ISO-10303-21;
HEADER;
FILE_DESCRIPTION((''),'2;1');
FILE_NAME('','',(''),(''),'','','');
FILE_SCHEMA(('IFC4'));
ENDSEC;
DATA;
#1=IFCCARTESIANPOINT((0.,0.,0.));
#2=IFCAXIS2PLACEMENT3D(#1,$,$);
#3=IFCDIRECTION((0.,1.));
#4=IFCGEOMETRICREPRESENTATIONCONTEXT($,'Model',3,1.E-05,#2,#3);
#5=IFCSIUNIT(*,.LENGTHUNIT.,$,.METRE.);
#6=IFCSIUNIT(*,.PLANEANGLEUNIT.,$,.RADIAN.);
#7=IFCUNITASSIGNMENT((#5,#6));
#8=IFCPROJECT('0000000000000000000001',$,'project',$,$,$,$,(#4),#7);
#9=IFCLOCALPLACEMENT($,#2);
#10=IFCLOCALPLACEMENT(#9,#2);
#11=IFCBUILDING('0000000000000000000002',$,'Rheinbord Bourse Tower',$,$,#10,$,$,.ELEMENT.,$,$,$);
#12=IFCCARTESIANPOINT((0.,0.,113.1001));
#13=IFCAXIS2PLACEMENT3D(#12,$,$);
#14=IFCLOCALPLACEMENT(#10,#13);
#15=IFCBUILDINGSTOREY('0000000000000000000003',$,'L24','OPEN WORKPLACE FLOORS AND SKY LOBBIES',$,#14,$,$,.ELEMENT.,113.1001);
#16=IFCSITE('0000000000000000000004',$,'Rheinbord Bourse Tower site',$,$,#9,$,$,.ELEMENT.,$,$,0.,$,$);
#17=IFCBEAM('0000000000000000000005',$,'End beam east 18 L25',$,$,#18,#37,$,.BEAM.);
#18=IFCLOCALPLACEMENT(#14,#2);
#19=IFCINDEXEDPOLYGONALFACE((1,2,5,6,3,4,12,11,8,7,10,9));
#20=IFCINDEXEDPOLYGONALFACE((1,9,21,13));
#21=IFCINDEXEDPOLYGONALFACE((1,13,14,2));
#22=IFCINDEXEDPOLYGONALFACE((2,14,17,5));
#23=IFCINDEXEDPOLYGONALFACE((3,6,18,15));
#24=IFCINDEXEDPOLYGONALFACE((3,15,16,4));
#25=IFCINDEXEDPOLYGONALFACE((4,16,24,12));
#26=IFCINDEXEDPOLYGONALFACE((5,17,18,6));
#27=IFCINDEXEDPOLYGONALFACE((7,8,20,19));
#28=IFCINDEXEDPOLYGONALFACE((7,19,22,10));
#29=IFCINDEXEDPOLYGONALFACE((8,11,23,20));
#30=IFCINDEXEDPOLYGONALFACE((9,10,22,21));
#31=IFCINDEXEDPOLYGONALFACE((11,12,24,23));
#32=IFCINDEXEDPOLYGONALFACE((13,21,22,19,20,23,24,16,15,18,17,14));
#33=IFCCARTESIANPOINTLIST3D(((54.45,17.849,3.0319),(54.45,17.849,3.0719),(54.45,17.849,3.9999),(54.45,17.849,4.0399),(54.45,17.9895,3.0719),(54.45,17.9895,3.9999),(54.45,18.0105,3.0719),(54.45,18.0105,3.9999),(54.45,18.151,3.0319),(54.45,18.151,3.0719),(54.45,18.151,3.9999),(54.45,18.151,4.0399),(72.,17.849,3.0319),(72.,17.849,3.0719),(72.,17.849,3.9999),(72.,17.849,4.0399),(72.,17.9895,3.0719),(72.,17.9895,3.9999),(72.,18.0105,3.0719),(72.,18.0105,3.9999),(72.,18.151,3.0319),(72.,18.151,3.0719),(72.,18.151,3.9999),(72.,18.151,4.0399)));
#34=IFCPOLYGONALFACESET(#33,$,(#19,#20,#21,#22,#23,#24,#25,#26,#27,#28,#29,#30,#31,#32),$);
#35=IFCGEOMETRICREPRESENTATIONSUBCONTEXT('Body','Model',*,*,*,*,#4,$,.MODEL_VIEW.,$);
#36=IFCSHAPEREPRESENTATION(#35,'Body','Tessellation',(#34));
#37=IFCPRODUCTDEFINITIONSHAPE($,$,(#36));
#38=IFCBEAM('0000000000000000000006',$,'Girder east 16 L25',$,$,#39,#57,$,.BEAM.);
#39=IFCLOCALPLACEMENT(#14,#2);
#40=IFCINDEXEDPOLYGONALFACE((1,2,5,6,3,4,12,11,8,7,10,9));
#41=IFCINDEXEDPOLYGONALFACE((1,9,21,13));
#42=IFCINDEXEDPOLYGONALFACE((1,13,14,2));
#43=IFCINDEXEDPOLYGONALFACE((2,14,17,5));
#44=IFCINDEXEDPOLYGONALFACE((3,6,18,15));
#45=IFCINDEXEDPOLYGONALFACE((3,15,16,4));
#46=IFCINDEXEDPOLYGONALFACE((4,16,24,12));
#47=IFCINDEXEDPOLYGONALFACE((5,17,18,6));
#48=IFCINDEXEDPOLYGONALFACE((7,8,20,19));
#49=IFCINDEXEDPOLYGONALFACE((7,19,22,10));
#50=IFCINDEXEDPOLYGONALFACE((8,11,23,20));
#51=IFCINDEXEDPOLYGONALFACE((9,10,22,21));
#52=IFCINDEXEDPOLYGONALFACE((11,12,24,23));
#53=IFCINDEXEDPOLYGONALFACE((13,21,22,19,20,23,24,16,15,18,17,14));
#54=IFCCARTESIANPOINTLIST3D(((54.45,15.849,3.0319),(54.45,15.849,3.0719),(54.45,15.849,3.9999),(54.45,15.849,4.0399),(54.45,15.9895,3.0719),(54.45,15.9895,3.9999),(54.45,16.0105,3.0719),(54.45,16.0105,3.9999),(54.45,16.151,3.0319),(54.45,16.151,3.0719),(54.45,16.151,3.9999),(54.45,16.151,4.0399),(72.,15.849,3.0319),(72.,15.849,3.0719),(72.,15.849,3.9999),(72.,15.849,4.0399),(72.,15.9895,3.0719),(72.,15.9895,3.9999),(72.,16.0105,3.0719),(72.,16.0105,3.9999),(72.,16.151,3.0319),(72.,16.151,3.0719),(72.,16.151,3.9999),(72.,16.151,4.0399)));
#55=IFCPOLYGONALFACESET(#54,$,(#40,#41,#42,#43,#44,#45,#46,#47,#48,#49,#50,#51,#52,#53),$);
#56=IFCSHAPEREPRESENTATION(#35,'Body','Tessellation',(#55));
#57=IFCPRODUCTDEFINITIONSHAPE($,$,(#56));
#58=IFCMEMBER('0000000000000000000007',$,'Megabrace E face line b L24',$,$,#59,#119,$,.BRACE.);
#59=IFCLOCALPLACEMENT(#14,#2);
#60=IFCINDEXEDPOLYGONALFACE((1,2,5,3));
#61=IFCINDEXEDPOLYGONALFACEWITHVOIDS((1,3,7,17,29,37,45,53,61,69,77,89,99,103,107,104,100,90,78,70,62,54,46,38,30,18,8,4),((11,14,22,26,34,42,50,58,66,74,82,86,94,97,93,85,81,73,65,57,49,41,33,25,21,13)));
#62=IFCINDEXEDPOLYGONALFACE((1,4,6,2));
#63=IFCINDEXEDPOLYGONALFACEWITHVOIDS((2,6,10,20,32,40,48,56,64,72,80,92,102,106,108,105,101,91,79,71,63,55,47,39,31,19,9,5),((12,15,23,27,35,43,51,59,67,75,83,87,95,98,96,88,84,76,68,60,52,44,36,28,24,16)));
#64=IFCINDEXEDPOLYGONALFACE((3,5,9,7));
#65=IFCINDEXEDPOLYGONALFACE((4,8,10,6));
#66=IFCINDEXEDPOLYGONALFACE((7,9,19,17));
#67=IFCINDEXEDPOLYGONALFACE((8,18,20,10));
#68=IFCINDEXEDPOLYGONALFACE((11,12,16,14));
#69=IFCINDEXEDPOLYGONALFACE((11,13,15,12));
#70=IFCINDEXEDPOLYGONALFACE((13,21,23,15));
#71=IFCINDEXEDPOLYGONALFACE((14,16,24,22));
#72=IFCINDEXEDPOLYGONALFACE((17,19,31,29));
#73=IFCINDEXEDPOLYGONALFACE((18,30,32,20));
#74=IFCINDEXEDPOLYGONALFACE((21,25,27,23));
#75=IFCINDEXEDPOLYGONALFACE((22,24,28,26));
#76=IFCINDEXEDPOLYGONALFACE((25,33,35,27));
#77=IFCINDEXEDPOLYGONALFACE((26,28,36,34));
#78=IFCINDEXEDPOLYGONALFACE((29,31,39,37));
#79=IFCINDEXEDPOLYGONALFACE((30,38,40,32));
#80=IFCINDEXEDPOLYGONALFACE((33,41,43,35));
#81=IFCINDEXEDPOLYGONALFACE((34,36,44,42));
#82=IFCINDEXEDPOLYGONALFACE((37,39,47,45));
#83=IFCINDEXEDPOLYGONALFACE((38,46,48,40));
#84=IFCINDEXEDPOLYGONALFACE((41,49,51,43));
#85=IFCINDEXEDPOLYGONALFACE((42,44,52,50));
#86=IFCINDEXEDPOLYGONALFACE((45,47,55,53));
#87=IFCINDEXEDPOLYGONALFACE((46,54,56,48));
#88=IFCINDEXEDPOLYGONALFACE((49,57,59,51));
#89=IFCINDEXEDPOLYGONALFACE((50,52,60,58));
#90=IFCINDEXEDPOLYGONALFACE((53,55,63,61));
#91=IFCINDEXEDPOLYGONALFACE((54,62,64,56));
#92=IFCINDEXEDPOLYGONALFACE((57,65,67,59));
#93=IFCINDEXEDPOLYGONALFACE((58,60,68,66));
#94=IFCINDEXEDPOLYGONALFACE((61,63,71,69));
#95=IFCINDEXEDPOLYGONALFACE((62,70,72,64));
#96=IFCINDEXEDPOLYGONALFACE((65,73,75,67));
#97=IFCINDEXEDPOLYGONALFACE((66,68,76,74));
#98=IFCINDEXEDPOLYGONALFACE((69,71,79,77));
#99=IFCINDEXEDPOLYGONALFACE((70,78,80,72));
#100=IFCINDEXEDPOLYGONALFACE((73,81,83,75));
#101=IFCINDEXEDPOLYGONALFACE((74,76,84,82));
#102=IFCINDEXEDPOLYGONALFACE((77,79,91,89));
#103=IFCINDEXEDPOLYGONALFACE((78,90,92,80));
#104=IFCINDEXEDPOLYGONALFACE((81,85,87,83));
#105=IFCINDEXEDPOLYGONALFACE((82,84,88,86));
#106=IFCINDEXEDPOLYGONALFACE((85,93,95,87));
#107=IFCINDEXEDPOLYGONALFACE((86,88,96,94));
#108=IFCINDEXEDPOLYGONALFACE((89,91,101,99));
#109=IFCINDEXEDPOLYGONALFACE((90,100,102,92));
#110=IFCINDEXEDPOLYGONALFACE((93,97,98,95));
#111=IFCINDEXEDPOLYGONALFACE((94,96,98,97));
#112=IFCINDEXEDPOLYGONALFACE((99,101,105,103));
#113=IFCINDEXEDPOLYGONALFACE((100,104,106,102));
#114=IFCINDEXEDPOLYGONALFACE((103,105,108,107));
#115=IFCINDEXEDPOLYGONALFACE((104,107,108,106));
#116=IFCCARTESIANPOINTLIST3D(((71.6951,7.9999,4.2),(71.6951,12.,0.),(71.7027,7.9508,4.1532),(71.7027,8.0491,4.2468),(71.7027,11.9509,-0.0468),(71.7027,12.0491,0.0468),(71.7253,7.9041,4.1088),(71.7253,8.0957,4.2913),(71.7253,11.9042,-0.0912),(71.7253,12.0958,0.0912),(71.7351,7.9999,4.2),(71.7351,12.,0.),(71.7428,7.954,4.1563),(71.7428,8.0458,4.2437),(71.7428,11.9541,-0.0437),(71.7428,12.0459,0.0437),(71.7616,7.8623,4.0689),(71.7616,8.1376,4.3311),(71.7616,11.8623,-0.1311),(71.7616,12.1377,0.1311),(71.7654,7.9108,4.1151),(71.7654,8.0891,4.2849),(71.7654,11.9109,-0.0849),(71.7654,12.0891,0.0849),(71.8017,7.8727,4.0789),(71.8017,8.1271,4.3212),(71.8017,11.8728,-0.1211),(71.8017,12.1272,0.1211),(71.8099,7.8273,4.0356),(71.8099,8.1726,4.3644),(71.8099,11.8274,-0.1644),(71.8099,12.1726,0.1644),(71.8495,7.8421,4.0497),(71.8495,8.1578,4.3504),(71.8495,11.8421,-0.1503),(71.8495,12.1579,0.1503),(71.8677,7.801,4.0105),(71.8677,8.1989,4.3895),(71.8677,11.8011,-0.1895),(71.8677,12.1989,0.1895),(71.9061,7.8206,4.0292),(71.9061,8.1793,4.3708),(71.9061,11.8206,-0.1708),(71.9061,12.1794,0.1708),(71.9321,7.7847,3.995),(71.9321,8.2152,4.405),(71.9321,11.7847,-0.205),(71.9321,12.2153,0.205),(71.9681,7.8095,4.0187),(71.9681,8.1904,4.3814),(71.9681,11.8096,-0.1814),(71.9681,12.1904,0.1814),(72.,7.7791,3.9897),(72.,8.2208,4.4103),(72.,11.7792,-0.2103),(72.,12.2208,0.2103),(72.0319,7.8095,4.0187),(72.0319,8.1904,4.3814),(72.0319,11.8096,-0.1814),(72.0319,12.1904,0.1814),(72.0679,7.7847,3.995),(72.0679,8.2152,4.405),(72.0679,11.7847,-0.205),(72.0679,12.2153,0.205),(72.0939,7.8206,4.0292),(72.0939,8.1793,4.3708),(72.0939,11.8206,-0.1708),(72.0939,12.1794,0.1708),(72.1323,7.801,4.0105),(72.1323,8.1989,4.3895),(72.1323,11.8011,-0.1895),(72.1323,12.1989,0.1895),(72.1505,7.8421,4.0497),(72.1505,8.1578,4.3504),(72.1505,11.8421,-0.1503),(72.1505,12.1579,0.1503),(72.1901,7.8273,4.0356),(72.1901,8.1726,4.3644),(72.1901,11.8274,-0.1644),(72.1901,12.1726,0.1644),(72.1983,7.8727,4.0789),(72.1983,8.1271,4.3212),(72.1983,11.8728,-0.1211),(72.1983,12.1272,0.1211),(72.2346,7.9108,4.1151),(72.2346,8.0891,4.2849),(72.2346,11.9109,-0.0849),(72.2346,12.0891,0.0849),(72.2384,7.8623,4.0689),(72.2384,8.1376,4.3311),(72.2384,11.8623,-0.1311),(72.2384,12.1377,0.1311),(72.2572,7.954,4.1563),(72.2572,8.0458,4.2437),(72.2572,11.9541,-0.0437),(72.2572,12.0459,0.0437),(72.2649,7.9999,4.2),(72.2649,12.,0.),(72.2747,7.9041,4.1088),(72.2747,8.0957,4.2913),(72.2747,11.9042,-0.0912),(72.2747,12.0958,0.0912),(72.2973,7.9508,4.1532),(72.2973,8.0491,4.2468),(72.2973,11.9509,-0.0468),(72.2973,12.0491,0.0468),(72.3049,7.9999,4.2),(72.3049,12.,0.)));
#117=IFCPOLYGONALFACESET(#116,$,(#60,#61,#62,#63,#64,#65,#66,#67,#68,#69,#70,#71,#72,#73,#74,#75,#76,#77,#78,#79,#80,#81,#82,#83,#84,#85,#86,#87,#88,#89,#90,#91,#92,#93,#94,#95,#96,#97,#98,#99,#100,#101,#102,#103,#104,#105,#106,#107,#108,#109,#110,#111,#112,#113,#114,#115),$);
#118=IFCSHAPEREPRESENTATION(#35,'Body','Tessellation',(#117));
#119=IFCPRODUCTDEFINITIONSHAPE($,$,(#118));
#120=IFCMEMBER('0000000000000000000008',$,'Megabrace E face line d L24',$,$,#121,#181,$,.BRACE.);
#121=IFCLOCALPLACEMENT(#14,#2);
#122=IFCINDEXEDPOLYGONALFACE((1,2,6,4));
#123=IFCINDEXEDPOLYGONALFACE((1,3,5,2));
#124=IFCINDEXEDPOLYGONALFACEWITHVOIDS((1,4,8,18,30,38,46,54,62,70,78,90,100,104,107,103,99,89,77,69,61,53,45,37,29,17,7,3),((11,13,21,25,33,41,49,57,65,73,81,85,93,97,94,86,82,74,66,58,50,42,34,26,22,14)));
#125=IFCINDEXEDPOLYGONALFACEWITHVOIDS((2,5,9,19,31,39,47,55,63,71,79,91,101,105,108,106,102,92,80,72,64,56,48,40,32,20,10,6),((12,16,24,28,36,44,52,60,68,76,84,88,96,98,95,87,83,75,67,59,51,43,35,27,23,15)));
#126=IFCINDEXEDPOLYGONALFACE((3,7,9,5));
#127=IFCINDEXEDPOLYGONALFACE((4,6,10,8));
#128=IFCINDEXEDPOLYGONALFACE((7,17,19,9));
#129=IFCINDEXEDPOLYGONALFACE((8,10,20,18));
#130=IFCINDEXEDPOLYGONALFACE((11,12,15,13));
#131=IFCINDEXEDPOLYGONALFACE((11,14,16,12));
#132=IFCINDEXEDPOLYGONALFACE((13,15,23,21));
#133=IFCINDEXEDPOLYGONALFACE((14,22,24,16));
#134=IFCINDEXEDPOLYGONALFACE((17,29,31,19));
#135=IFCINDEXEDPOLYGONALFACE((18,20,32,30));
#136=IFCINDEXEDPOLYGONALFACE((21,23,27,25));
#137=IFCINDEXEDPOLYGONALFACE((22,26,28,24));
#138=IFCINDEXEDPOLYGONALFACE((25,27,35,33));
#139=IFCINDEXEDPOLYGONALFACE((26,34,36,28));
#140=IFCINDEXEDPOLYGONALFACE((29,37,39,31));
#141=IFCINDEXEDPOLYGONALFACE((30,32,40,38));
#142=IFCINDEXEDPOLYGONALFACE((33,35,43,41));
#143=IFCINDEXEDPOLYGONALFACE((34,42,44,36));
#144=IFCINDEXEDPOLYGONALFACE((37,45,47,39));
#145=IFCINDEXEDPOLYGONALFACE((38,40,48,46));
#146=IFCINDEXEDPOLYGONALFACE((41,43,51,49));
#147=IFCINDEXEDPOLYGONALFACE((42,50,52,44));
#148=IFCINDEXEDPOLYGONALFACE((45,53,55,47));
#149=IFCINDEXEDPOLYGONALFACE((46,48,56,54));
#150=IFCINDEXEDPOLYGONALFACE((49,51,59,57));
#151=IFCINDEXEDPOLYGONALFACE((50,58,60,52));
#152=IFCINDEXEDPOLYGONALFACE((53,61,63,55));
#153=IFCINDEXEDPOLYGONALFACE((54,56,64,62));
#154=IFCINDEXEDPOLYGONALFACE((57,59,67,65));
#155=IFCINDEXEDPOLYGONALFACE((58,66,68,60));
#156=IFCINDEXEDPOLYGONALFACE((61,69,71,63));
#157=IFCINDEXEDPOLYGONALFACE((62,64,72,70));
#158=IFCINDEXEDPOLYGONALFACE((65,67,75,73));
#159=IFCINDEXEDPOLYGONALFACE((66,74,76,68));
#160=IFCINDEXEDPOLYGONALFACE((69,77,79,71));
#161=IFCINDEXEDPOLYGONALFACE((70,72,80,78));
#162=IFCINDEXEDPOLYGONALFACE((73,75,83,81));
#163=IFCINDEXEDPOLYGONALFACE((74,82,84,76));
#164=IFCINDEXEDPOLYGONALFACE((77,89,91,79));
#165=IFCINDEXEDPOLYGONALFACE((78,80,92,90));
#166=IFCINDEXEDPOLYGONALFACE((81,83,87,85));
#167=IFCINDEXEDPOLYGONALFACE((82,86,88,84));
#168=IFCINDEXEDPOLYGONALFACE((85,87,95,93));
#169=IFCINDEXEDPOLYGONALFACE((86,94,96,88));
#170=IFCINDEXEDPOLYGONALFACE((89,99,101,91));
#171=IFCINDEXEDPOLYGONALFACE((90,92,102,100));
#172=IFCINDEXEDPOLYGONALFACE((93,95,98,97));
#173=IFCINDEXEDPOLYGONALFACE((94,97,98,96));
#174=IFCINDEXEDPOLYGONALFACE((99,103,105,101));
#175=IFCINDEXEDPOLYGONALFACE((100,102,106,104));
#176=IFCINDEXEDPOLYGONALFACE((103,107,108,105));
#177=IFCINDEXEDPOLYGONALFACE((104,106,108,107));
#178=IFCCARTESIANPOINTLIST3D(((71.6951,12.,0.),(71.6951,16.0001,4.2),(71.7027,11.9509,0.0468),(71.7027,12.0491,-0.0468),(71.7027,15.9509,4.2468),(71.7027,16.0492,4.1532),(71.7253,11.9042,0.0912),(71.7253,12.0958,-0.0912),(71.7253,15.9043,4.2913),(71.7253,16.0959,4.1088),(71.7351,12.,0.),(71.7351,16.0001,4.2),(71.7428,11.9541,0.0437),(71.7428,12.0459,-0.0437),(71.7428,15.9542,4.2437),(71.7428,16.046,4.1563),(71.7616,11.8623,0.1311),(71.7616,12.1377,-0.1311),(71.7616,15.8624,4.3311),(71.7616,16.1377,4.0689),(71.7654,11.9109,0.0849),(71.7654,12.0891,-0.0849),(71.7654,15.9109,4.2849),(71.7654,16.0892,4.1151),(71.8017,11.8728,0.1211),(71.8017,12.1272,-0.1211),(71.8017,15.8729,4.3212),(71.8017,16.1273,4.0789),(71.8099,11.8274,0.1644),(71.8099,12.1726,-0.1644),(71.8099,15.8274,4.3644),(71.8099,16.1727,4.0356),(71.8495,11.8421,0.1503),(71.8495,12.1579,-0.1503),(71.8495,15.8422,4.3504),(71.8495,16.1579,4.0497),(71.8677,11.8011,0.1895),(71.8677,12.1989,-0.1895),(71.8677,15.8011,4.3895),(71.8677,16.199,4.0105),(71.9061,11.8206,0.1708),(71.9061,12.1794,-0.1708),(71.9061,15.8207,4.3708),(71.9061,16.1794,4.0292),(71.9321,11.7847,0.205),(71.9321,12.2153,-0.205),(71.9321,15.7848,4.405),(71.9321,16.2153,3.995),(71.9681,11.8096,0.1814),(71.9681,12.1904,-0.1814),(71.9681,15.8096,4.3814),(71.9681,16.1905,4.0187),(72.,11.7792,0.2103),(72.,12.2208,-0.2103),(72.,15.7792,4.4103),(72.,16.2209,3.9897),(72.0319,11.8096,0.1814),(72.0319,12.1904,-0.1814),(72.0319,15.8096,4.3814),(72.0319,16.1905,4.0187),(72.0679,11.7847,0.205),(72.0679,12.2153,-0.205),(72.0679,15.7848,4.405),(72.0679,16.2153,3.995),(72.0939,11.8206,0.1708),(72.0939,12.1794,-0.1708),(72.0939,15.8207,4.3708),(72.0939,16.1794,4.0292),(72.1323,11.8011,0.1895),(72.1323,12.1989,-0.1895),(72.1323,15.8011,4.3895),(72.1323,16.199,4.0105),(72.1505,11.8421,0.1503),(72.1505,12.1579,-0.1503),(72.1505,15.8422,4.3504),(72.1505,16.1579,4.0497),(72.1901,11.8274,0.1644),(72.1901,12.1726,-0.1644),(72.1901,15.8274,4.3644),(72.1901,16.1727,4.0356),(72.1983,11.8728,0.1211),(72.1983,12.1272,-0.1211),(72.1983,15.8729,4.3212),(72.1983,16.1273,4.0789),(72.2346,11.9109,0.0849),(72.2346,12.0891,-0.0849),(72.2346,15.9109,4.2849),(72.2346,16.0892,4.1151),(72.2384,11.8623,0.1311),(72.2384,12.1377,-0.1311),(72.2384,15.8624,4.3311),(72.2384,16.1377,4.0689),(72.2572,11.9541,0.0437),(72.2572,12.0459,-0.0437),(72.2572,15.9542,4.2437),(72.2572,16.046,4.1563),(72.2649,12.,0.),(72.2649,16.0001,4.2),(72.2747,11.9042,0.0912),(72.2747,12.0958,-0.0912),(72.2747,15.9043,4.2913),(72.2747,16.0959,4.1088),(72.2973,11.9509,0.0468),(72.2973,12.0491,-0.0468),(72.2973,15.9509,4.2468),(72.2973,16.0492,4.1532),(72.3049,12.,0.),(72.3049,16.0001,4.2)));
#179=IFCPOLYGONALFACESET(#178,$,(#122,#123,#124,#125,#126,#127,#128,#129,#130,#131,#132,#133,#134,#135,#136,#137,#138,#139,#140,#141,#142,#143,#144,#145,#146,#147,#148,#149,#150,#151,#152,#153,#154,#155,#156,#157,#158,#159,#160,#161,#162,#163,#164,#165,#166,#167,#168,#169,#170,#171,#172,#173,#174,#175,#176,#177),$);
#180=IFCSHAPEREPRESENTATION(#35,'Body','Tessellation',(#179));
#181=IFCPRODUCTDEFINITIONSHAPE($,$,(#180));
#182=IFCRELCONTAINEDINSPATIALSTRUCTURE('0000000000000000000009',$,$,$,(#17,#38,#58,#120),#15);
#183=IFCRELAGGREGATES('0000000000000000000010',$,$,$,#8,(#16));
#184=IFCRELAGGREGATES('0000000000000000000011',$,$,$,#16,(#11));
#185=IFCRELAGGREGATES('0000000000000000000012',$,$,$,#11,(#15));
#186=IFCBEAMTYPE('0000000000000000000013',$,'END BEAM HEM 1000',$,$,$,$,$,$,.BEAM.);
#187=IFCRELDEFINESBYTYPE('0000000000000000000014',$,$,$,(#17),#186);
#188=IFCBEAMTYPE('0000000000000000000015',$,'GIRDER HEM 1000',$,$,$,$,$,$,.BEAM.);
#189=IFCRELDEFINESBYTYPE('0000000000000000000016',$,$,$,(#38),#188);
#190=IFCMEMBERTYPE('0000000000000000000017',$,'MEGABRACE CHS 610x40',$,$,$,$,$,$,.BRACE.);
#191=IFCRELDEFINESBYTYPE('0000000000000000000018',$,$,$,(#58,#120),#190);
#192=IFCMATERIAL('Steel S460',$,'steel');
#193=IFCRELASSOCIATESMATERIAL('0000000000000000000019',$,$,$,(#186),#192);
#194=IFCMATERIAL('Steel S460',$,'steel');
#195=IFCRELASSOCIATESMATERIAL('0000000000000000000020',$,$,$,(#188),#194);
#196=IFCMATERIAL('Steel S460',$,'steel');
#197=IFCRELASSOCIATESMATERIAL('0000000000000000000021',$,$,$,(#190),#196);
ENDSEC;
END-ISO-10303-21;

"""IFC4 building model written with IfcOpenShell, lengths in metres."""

from ifc_helpers import new_model, si_unit, direction, frame, origin, origin_2d, place, context, subcontext, project, spatial, hollow_circle, i_section, extrude, material, material_profile, profile_set, type_object, element, save


model = new_model("IFC4")

# Units and contexts
model_context = context("Model", 3, precision=1e-05, world=origin(), true_north=direction((0.0, 1.0)))
body_context = subcontext(model_context, "Body", "Model", "MODEL_VIEW")
ifc_project = project(units=[si_unit("LENGTHUNIT", "METRE"), si_unit("PLANEANGLEUNIT", "RADIAN")], contexts=[model_context])

# Site, building, storey
site_placement = place(None, origin())
site = spatial("IfcSite", under=ifc_project, at=site_placement, Name="Rheinbord Bourse Tower site", CompositionType="ELEMENT", RefElevation=0.0)
building_placement = place(site_placement, origin())
building = spatial("IfcBuilding", under=site, at=building_placement, Name="Rheinbord Bourse Tower", CompositionType="ELEMENT")
storey_placement = place(building_placement, frame((0.0, 0.0, 113.1001)))
storey = spatial("IfcBuildingStorey", under=building, at=storey_placement, Name="L24", Description="OPEN WORKPLACE FLOORS AND SKY LOBBIES", CompositionType="ELEMENT", Elevation=113.1001)

# Beams
ifc_material_1 = material(Name="Steel S460", Category="steel")
ifc_material_profile_1 = material_profile(ifc_material_1, i_section(OverallWidth=0.302, OverallDepth=1.0081, WebThickness=0.021, FlangeThickness=0.04, at=origin_2d()), Name="HEM 1000")
ifc_profile_set_1 = profile_set([ifc_material_profile_1], Name="Steel S460")
beam_type_1 = type_object("IfcBeamType", Name="END BEAM HEM 1000", PredefinedType="BEAM", material=ifc_profile_set_1)
beam_1_placement = place(storey_placement, frame((54.45, 18.0, 3.5359), z_axis=(1.0, 0.0, 0.0), x_axis=(0.0, 1.0, 0.0)))
element("IfcBeam", 1, at=beam_1_placement, inside=storey, type_object=beam_type_1, Name="End beam east 18 L25", PredefinedType="BEAM", context=body_context, shape_type="SweptSolid", body=[
    extrude(i_section(OverallWidth=0.302, OverallDepth=1.0081, WebThickness=0.021, FlangeThickness=0.04, at=origin_2d()), origin(), (0.0, 0.0, 1.0), 17.55),
])
ifc_material_2 = material(Name="Steel S460", Category="steel")
ifc_material_profile_2 = material_profile(ifc_material_2, i_section(OverallWidth=0.302, OverallDepth=1.0081, WebThickness=0.021, FlangeThickness=0.04, at=origin_2d()), Name="HEM 1000")
ifc_profile_set_2 = profile_set([ifc_material_profile_2], Name="Steel S460")
beam_type_2 = type_object("IfcBeamType", Name="GIRDER HEM 1000", PredefinedType="BEAM", material=ifc_profile_set_2)
beam_2_placement = place(storey_placement, frame((54.45, 16.0, 3.5359), z_axis=(1.0, 0.0, 0.0), x_axis=(0.0, 1.0, 0.0)))
element("IfcBeam", 2, at=beam_2_placement, inside=storey, type_object=beam_type_2, Name="Girder east 16 L25", PredefinedType="BEAM", context=body_context, shape_type="SweptSolid", body=[
    extrude(i_section(OverallWidth=0.302, OverallDepth=1.0081, WebThickness=0.021, FlangeThickness=0.04, at=origin_2d()), origin(), (0.0, 0.0, 1.0), 17.55),
])

# Members
ifc_material_3 = material(Name="Steel S460", Category="steel")
ifc_material_profile_3 = material_profile(ifc_material_3, hollow_circle(Radius=0.3049, WallThickness=0.04, at=origin_2d()), Name="CHS 610x40")
ifc_profile_set_3 = profile_set([ifc_material_profile_3], Name="Steel S460")
member_type_1 = type_object("IfcMemberType", Name="MEGABRACE CHS 610x40", PredefinedType="BRACE", material=ifc_profile_set_3)
for number, where, z_axis, x_axis, name in (
    (3, (72.0, 12.0, 0.0), (0.0, -0.689659, 0.724134), (1.0, 0.0, 0.0), "Megabrace E face line b L24"),
    (4, (72.0, 12.0, 0.0), (0.0, 0.689659, 0.724134), (-1.0, 0.0, 0.0), "Megabrace E face line d L24"),
):
    element("IfcMember", number, at=place(storey_placement, frame(where, z_axis=z_axis, x_axis=x_axis)), inside=storey, type_object=member_type_1, Name=name, PredefinedType="BRACE", context=body_context, shape_type="SweptSolid", body=[
        extrude(hollow_circle(Radius=0.3049, WallThickness=0.04, at=origin_2d()), origin(), (0.0, 0.0, 1.0), 5.8),
    ])

save(model, "model.ifc")
